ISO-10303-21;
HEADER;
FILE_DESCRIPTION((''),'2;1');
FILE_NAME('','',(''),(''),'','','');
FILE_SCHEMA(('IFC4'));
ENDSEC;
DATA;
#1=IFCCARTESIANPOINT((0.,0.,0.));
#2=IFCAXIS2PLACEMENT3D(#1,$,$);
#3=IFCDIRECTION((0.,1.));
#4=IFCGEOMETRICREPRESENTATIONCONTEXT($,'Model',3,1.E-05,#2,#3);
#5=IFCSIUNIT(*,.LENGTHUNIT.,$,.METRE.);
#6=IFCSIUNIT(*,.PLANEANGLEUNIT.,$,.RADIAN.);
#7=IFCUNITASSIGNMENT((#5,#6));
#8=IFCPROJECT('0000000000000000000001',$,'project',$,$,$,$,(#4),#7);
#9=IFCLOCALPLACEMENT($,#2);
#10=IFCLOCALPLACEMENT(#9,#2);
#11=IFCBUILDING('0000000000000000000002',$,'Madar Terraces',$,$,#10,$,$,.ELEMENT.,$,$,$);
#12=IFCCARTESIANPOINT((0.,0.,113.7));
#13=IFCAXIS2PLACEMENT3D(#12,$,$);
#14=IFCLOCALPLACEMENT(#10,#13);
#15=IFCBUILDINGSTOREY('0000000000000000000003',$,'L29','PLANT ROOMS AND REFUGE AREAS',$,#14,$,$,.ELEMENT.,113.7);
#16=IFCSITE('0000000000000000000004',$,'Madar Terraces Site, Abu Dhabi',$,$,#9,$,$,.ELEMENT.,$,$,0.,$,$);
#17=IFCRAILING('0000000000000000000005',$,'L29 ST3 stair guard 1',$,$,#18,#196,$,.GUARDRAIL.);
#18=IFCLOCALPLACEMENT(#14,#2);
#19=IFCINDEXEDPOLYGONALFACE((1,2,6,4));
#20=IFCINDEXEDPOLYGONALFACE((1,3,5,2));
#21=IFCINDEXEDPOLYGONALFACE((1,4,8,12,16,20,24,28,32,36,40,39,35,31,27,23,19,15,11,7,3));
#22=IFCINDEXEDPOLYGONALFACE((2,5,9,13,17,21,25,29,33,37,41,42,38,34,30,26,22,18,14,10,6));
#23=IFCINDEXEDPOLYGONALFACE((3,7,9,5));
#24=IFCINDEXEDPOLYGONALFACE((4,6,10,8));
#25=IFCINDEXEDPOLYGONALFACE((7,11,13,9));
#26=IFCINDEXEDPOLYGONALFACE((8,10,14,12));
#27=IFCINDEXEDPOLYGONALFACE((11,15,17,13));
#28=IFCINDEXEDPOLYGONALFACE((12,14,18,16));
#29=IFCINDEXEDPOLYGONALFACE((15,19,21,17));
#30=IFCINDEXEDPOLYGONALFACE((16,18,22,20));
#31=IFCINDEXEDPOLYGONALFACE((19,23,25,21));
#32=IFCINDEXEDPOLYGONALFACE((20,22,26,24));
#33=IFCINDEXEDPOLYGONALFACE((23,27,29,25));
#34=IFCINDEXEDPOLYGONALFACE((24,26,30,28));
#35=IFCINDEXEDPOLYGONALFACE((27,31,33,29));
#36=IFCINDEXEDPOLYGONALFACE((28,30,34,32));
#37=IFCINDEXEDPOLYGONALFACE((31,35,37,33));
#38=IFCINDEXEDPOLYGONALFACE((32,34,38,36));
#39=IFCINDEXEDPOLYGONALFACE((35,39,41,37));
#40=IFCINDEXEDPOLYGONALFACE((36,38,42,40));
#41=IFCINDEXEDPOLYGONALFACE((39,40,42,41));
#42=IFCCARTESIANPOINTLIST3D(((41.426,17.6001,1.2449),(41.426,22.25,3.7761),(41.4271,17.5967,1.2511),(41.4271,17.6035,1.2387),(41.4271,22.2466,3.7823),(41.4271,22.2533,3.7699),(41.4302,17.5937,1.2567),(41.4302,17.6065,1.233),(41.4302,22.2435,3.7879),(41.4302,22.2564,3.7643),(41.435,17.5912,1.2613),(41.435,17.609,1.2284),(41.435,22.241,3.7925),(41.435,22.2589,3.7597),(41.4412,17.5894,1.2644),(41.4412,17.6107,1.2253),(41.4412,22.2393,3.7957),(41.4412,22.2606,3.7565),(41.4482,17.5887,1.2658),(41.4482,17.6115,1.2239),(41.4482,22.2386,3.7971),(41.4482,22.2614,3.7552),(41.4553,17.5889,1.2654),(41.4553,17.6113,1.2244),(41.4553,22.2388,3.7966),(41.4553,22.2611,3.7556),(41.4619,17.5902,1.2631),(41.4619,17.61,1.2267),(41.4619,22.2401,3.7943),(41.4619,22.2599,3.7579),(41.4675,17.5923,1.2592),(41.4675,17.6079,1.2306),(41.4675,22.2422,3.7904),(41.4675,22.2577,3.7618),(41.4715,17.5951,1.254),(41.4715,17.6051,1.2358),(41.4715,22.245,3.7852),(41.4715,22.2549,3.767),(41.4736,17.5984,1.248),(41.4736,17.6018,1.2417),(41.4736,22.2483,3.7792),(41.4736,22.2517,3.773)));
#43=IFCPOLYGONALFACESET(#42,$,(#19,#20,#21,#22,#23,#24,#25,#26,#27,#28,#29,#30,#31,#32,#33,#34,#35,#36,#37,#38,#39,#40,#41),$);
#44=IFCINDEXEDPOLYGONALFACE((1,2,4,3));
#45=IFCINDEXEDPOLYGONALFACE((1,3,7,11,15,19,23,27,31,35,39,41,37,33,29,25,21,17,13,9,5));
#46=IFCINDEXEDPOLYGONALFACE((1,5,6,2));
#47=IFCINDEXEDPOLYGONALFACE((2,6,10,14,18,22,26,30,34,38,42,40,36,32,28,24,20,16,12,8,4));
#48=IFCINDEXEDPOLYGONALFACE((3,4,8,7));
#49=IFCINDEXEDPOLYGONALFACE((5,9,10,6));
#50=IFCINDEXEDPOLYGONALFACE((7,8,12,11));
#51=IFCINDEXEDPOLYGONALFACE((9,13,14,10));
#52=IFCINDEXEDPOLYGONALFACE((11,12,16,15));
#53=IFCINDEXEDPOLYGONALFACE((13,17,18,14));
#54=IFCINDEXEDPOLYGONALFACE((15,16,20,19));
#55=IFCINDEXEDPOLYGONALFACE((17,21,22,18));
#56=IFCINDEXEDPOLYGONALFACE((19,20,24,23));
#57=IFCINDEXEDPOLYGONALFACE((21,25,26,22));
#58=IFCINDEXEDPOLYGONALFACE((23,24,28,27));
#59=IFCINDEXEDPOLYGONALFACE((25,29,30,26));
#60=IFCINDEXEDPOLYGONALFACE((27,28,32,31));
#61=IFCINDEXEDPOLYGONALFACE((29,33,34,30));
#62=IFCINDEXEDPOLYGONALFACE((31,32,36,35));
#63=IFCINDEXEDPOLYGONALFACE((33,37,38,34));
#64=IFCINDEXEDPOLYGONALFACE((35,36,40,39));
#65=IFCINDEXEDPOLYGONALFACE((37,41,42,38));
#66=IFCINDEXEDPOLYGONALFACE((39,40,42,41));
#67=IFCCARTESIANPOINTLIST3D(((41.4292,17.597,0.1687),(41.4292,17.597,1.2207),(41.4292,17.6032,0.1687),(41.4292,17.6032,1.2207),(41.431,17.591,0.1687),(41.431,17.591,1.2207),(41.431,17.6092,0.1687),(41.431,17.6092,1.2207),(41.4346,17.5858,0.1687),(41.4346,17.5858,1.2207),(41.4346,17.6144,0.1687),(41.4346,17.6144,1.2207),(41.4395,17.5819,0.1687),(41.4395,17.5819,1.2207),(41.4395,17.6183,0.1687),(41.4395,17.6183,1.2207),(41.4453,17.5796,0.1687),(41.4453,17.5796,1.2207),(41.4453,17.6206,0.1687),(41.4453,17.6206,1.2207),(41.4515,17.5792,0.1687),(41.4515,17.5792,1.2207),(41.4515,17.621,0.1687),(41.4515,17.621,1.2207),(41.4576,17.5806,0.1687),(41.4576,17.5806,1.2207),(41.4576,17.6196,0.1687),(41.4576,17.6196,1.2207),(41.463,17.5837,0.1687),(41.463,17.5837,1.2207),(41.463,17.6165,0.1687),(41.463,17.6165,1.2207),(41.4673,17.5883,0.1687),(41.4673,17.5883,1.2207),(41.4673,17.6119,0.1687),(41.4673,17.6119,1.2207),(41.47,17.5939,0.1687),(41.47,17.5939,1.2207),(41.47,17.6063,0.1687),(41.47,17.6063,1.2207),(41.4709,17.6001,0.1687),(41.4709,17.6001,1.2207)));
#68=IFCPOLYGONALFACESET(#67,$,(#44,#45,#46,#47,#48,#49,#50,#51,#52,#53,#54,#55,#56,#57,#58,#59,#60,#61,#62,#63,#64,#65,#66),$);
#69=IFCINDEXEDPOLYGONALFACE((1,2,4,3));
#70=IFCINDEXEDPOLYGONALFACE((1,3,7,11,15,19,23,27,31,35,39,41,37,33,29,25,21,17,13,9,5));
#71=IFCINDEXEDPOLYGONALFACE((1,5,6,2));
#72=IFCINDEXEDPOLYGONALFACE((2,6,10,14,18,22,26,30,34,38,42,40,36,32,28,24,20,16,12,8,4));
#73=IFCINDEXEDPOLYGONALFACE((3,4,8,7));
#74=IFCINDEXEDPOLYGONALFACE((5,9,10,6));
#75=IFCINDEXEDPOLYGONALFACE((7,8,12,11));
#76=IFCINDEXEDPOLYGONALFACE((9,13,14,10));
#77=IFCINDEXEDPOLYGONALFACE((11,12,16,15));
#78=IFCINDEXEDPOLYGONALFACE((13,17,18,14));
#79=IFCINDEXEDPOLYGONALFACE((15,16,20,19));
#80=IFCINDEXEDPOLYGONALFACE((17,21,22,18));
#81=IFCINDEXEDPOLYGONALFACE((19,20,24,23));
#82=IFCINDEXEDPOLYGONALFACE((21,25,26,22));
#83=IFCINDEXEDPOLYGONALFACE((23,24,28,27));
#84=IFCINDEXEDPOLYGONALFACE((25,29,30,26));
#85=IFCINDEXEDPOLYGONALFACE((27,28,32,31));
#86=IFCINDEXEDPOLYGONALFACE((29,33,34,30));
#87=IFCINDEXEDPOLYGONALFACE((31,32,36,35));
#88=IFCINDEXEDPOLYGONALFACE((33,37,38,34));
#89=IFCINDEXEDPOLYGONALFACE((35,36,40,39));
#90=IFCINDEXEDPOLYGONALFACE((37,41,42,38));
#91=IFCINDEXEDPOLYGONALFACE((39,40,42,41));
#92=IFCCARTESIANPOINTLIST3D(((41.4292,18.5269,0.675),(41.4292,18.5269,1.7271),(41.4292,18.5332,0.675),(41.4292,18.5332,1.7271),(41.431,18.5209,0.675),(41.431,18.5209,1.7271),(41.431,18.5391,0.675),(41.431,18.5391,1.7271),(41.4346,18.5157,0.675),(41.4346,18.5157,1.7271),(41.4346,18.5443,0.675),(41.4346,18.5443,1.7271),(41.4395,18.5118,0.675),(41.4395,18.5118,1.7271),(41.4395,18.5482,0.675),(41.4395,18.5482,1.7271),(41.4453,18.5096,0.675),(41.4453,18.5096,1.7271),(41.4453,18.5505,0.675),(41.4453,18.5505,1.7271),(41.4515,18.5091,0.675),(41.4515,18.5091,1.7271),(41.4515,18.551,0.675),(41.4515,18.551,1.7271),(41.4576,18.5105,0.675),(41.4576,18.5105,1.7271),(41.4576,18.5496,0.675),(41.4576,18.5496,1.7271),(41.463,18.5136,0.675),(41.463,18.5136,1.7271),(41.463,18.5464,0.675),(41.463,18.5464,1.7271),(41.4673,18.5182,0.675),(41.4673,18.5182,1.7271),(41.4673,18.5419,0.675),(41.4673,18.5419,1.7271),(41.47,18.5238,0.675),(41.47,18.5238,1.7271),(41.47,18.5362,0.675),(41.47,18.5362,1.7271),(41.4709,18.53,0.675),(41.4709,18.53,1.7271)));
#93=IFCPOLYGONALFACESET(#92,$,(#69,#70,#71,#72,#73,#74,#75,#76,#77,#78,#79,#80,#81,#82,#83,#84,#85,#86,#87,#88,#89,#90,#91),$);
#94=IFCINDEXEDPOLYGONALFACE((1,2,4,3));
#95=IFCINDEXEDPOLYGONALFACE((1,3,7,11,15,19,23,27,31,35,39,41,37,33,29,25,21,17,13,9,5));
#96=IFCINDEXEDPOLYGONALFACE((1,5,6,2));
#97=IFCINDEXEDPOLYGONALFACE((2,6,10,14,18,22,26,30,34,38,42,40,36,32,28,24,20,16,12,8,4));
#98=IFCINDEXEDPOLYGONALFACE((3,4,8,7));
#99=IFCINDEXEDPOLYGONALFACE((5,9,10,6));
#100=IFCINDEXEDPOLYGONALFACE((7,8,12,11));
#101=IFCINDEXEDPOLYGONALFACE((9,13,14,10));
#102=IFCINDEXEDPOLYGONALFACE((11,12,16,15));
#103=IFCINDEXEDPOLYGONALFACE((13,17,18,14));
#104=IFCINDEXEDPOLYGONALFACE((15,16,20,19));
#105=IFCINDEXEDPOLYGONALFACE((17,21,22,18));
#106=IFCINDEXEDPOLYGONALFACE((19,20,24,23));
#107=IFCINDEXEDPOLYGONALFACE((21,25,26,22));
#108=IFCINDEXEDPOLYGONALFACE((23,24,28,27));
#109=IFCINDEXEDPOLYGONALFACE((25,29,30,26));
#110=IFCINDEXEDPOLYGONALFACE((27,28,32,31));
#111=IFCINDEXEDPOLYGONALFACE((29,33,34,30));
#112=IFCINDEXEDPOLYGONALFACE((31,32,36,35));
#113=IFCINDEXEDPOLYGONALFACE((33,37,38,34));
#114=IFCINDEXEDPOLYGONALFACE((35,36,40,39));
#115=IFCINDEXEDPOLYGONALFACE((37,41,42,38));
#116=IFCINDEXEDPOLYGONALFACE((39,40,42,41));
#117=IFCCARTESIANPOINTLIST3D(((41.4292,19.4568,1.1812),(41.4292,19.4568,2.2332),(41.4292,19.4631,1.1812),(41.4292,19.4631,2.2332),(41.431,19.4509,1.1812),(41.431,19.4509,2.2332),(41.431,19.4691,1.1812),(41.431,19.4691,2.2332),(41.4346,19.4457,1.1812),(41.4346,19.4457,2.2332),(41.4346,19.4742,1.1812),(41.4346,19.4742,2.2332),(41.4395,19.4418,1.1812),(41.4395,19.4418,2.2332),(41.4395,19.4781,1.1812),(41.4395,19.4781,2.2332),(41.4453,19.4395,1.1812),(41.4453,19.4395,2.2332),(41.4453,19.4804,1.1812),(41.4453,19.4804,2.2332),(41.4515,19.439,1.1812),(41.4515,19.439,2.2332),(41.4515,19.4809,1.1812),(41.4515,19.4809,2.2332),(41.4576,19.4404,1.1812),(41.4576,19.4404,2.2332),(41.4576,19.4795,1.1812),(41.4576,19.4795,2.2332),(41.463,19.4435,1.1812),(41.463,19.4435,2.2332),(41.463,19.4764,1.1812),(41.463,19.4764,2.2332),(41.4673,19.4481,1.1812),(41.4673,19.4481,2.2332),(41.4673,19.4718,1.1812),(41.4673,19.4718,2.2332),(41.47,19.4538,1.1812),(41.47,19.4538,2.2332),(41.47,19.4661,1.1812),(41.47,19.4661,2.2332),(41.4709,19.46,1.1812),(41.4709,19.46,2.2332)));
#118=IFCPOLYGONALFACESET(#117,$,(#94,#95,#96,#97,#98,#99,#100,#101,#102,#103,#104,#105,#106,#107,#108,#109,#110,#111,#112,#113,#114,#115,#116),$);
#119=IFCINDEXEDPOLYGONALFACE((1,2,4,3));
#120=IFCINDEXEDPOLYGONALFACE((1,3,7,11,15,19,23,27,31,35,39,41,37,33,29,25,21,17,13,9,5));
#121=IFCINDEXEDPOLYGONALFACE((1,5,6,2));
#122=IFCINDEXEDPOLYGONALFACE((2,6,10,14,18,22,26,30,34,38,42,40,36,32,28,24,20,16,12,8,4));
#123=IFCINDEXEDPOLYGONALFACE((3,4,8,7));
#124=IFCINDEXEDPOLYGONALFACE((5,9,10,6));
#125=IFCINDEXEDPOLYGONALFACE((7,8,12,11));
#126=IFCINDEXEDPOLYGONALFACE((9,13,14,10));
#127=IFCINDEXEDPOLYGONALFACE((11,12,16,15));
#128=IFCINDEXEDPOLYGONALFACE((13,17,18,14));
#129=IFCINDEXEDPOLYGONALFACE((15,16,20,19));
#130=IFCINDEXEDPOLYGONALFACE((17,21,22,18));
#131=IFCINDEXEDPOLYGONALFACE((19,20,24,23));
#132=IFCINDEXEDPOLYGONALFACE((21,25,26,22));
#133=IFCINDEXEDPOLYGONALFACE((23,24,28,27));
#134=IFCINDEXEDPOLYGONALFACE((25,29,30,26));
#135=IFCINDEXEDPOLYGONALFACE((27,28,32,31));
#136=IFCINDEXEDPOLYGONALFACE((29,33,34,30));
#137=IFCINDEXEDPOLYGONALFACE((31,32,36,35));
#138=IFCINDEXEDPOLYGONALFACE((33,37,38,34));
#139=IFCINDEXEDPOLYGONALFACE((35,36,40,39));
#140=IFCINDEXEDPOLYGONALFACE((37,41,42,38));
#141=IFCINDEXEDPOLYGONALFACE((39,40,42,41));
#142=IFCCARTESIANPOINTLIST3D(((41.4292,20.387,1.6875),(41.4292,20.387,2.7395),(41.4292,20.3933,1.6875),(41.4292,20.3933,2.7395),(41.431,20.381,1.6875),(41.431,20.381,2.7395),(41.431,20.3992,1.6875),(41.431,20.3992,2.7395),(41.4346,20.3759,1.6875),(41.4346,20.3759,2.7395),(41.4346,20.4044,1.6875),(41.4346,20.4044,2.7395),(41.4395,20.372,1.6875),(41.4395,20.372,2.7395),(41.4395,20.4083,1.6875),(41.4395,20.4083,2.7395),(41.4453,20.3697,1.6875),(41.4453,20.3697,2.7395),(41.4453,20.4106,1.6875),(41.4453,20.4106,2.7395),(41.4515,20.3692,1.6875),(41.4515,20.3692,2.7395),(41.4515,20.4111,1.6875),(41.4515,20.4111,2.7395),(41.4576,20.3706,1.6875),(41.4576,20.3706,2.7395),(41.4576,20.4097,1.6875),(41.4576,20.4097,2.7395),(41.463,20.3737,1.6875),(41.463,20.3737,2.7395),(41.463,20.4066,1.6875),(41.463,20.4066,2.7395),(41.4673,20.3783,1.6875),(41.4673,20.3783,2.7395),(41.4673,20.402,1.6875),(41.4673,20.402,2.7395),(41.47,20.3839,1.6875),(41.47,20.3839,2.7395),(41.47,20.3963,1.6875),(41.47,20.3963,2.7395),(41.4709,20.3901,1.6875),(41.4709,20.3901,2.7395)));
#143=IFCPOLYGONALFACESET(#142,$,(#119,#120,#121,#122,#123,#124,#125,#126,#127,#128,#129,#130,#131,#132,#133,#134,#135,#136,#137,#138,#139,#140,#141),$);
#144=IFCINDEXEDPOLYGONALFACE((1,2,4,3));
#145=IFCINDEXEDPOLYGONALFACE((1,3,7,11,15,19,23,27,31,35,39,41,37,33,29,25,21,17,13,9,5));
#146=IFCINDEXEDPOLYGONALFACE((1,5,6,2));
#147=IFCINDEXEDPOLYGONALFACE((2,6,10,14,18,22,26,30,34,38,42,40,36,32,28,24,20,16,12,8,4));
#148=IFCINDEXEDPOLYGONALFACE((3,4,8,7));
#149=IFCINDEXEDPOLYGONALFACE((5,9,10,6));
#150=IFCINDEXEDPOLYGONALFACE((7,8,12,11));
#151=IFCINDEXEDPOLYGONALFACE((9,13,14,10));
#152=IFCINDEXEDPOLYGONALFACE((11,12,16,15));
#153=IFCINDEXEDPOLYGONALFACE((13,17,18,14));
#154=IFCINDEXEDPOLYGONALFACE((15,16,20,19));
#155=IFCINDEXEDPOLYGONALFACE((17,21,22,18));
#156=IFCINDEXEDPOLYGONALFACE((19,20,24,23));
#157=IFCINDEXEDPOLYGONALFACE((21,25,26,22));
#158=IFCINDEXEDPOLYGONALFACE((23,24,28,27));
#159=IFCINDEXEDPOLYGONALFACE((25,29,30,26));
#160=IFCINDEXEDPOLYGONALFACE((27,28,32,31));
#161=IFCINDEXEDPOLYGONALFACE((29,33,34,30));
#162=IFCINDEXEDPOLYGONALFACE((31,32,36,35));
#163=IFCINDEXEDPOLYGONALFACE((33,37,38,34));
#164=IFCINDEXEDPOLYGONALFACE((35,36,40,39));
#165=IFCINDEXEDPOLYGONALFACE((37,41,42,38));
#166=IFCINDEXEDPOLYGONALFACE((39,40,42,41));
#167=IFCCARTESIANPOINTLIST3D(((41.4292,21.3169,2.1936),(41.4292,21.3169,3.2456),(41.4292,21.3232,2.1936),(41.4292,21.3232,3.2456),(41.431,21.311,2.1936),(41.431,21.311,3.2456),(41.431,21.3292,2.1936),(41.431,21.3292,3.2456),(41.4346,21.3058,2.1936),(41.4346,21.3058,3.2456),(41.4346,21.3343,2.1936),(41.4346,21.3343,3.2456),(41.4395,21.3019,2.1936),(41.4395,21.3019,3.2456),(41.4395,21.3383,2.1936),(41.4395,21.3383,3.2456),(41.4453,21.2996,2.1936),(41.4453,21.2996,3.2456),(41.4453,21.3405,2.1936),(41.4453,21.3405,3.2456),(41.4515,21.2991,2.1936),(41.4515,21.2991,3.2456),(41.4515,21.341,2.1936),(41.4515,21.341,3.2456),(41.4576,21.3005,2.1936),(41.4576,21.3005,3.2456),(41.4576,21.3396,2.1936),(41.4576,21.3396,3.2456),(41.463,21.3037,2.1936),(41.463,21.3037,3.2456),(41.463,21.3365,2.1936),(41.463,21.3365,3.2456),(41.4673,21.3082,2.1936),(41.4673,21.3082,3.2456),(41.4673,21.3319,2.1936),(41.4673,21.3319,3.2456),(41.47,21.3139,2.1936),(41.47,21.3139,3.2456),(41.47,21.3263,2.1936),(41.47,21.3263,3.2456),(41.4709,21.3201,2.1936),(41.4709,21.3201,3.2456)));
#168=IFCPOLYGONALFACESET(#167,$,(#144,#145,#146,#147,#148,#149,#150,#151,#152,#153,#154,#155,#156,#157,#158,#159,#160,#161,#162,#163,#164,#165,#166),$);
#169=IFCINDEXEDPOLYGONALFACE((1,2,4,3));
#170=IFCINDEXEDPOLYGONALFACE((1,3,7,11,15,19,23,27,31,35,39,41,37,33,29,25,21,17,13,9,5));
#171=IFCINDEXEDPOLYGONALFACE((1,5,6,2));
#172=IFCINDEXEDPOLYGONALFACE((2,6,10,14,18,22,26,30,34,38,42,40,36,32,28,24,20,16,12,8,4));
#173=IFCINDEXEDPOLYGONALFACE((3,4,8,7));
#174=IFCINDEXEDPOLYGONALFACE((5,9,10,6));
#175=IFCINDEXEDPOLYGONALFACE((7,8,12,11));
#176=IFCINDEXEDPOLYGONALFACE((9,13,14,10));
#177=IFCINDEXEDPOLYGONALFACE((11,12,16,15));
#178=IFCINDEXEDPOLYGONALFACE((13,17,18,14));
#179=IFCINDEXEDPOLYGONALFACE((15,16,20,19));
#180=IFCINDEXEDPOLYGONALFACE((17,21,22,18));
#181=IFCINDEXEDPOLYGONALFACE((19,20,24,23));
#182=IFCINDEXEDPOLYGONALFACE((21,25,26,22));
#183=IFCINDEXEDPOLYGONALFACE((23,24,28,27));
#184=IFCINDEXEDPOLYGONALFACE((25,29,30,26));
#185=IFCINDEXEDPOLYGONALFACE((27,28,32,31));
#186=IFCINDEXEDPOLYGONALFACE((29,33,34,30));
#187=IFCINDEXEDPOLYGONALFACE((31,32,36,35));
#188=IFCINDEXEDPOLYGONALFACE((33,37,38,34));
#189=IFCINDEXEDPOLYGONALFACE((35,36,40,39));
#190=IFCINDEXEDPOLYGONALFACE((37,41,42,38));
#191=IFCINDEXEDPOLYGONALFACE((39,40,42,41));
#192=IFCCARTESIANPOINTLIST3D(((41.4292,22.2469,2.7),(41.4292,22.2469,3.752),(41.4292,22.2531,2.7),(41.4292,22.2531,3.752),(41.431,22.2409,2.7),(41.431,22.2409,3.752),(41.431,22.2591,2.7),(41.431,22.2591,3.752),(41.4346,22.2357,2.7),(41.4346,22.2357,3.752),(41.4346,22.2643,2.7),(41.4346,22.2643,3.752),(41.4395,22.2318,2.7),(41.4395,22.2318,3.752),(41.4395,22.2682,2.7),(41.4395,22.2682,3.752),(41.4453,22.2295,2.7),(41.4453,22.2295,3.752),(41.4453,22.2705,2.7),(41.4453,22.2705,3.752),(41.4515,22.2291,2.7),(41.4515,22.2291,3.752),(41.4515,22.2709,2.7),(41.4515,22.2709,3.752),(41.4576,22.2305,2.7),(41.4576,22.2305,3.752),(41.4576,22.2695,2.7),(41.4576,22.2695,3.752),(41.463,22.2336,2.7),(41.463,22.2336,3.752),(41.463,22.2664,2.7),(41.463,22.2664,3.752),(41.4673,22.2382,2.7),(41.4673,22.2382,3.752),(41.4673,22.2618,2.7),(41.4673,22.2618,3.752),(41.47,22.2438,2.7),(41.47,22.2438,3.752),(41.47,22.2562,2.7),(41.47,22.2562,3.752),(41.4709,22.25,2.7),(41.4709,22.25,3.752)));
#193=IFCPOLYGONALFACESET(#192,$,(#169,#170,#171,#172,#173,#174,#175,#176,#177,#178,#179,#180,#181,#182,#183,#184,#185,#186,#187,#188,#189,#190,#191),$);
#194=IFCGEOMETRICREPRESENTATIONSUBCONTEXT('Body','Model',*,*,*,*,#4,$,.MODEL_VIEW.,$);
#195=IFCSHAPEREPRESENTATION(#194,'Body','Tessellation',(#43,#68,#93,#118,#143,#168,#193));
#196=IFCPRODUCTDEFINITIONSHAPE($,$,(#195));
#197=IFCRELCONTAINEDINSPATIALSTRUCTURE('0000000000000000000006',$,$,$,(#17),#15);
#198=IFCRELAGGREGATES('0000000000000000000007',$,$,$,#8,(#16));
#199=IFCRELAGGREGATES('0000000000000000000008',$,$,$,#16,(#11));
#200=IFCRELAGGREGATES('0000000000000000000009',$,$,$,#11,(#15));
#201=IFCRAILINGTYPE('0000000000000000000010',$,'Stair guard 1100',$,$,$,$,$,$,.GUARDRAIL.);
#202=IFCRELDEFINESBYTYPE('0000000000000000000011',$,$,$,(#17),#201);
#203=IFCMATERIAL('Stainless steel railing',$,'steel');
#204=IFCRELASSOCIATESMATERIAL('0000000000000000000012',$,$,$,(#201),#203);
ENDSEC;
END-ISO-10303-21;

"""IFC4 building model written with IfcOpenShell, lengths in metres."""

from ifc_helpers import new_model, si_unit, direction, frame, origin, origin_2d, place, context, subcontext, project, spatial, circle, extrude, material, type_object, element, save


model = new_model("IFC4")

# Units and contexts
model_context = context("Model", 3, precision=1e-05, world=origin(), true_north=direction((0.0, 1.0)))
body_context = subcontext(model_context, "Body", "Model", "MODEL_VIEW")
ifc_project = project(units=[si_unit("LENGTHUNIT", "METRE"), si_unit("PLANEANGLEUNIT", "RADIAN")], contexts=[model_context])

# Site, building, storey
site_placement = place(None, origin())
site = spatial("IfcSite", under=ifc_project, at=site_placement, Name="Madar Terraces Site, Abu Dhabi", CompositionType="ELEMENT", RefElevation=0.0)
building_placement = place(site_placement, origin())
building = spatial("IfcBuilding", under=site, at=building_placement, Name="Madar Terraces", CompositionType="ELEMENT")
storey_placement = place(building_placement, frame((0.0, 0.0, 113.7)))
storey = spatial("IfcBuildingStorey", under=building, at=storey_placement, Name="L29", Description="PLANT ROOMS AND REFUGE AREAS", CompositionType="ELEMENT", Elevation=113.7)

# Railing
ifc_material_1 = material(Name="Stainless steel railing", Category="steel")
railing_type_1 = type_object("IfcRailingType", Name="Stair guard 1100", PredefinedType="GUARDRAIL", material=ifc_material_1)
railing_1_placement = place(storey_placement, frame((41.45, 17.6001, 0.1687)))
element("IfcRailing", 1, at=railing_1_placement, inside=storey, type_object=railing_type_1, Name="L29 ST3 stair guard 1", PredefinedType="GUARDRAIL", context=body_context, shape_type="SweptSolid", body=[
    extrude(circle(Radius=0.0239, at=origin_2d()), frame((0.0, 0.0, 1.0762), z_axis=(0.0, 0.878297, 0.478115), x_axis=(-1.0, 0.0, 0.0)), (0.0, 0.0, 1.0), 5.2942),
    extrude(circle(Radius=0.021, at=origin_2d()), origin(), (0.0, 0.0, 1.0), 1.052),
    extrude(circle(Radius=0.021, at=origin_2d()), frame((0.0, 0.9299, 0.5063)), (0.0, 0.0, 1.0), 1.052),
    extrude(circle(Radius=0.021, at=origin_2d()), frame((0.0, 1.8599, 1.0125)), (0.0, 0.0, 1.0), 1.052),
    extrude(circle(Radius=0.021, at=origin_2d()), frame((0.0, 2.79, 1.5188)), (0.0, 0.0, 1.0), 1.052),
    extrude(circle(Radius=0.021, at=origin_2d()), frame((0.0, 3.72, 2.0249)), (0.0, 0.0, 1.0), 1.052),
    extrude(circle(Radius=0.021, at=origin_2d()), frame((0.0, 4.6499, 2.5312)), (0.0, 0.0, 1.0), 1.052),
])

save(model, "model.ifc")
